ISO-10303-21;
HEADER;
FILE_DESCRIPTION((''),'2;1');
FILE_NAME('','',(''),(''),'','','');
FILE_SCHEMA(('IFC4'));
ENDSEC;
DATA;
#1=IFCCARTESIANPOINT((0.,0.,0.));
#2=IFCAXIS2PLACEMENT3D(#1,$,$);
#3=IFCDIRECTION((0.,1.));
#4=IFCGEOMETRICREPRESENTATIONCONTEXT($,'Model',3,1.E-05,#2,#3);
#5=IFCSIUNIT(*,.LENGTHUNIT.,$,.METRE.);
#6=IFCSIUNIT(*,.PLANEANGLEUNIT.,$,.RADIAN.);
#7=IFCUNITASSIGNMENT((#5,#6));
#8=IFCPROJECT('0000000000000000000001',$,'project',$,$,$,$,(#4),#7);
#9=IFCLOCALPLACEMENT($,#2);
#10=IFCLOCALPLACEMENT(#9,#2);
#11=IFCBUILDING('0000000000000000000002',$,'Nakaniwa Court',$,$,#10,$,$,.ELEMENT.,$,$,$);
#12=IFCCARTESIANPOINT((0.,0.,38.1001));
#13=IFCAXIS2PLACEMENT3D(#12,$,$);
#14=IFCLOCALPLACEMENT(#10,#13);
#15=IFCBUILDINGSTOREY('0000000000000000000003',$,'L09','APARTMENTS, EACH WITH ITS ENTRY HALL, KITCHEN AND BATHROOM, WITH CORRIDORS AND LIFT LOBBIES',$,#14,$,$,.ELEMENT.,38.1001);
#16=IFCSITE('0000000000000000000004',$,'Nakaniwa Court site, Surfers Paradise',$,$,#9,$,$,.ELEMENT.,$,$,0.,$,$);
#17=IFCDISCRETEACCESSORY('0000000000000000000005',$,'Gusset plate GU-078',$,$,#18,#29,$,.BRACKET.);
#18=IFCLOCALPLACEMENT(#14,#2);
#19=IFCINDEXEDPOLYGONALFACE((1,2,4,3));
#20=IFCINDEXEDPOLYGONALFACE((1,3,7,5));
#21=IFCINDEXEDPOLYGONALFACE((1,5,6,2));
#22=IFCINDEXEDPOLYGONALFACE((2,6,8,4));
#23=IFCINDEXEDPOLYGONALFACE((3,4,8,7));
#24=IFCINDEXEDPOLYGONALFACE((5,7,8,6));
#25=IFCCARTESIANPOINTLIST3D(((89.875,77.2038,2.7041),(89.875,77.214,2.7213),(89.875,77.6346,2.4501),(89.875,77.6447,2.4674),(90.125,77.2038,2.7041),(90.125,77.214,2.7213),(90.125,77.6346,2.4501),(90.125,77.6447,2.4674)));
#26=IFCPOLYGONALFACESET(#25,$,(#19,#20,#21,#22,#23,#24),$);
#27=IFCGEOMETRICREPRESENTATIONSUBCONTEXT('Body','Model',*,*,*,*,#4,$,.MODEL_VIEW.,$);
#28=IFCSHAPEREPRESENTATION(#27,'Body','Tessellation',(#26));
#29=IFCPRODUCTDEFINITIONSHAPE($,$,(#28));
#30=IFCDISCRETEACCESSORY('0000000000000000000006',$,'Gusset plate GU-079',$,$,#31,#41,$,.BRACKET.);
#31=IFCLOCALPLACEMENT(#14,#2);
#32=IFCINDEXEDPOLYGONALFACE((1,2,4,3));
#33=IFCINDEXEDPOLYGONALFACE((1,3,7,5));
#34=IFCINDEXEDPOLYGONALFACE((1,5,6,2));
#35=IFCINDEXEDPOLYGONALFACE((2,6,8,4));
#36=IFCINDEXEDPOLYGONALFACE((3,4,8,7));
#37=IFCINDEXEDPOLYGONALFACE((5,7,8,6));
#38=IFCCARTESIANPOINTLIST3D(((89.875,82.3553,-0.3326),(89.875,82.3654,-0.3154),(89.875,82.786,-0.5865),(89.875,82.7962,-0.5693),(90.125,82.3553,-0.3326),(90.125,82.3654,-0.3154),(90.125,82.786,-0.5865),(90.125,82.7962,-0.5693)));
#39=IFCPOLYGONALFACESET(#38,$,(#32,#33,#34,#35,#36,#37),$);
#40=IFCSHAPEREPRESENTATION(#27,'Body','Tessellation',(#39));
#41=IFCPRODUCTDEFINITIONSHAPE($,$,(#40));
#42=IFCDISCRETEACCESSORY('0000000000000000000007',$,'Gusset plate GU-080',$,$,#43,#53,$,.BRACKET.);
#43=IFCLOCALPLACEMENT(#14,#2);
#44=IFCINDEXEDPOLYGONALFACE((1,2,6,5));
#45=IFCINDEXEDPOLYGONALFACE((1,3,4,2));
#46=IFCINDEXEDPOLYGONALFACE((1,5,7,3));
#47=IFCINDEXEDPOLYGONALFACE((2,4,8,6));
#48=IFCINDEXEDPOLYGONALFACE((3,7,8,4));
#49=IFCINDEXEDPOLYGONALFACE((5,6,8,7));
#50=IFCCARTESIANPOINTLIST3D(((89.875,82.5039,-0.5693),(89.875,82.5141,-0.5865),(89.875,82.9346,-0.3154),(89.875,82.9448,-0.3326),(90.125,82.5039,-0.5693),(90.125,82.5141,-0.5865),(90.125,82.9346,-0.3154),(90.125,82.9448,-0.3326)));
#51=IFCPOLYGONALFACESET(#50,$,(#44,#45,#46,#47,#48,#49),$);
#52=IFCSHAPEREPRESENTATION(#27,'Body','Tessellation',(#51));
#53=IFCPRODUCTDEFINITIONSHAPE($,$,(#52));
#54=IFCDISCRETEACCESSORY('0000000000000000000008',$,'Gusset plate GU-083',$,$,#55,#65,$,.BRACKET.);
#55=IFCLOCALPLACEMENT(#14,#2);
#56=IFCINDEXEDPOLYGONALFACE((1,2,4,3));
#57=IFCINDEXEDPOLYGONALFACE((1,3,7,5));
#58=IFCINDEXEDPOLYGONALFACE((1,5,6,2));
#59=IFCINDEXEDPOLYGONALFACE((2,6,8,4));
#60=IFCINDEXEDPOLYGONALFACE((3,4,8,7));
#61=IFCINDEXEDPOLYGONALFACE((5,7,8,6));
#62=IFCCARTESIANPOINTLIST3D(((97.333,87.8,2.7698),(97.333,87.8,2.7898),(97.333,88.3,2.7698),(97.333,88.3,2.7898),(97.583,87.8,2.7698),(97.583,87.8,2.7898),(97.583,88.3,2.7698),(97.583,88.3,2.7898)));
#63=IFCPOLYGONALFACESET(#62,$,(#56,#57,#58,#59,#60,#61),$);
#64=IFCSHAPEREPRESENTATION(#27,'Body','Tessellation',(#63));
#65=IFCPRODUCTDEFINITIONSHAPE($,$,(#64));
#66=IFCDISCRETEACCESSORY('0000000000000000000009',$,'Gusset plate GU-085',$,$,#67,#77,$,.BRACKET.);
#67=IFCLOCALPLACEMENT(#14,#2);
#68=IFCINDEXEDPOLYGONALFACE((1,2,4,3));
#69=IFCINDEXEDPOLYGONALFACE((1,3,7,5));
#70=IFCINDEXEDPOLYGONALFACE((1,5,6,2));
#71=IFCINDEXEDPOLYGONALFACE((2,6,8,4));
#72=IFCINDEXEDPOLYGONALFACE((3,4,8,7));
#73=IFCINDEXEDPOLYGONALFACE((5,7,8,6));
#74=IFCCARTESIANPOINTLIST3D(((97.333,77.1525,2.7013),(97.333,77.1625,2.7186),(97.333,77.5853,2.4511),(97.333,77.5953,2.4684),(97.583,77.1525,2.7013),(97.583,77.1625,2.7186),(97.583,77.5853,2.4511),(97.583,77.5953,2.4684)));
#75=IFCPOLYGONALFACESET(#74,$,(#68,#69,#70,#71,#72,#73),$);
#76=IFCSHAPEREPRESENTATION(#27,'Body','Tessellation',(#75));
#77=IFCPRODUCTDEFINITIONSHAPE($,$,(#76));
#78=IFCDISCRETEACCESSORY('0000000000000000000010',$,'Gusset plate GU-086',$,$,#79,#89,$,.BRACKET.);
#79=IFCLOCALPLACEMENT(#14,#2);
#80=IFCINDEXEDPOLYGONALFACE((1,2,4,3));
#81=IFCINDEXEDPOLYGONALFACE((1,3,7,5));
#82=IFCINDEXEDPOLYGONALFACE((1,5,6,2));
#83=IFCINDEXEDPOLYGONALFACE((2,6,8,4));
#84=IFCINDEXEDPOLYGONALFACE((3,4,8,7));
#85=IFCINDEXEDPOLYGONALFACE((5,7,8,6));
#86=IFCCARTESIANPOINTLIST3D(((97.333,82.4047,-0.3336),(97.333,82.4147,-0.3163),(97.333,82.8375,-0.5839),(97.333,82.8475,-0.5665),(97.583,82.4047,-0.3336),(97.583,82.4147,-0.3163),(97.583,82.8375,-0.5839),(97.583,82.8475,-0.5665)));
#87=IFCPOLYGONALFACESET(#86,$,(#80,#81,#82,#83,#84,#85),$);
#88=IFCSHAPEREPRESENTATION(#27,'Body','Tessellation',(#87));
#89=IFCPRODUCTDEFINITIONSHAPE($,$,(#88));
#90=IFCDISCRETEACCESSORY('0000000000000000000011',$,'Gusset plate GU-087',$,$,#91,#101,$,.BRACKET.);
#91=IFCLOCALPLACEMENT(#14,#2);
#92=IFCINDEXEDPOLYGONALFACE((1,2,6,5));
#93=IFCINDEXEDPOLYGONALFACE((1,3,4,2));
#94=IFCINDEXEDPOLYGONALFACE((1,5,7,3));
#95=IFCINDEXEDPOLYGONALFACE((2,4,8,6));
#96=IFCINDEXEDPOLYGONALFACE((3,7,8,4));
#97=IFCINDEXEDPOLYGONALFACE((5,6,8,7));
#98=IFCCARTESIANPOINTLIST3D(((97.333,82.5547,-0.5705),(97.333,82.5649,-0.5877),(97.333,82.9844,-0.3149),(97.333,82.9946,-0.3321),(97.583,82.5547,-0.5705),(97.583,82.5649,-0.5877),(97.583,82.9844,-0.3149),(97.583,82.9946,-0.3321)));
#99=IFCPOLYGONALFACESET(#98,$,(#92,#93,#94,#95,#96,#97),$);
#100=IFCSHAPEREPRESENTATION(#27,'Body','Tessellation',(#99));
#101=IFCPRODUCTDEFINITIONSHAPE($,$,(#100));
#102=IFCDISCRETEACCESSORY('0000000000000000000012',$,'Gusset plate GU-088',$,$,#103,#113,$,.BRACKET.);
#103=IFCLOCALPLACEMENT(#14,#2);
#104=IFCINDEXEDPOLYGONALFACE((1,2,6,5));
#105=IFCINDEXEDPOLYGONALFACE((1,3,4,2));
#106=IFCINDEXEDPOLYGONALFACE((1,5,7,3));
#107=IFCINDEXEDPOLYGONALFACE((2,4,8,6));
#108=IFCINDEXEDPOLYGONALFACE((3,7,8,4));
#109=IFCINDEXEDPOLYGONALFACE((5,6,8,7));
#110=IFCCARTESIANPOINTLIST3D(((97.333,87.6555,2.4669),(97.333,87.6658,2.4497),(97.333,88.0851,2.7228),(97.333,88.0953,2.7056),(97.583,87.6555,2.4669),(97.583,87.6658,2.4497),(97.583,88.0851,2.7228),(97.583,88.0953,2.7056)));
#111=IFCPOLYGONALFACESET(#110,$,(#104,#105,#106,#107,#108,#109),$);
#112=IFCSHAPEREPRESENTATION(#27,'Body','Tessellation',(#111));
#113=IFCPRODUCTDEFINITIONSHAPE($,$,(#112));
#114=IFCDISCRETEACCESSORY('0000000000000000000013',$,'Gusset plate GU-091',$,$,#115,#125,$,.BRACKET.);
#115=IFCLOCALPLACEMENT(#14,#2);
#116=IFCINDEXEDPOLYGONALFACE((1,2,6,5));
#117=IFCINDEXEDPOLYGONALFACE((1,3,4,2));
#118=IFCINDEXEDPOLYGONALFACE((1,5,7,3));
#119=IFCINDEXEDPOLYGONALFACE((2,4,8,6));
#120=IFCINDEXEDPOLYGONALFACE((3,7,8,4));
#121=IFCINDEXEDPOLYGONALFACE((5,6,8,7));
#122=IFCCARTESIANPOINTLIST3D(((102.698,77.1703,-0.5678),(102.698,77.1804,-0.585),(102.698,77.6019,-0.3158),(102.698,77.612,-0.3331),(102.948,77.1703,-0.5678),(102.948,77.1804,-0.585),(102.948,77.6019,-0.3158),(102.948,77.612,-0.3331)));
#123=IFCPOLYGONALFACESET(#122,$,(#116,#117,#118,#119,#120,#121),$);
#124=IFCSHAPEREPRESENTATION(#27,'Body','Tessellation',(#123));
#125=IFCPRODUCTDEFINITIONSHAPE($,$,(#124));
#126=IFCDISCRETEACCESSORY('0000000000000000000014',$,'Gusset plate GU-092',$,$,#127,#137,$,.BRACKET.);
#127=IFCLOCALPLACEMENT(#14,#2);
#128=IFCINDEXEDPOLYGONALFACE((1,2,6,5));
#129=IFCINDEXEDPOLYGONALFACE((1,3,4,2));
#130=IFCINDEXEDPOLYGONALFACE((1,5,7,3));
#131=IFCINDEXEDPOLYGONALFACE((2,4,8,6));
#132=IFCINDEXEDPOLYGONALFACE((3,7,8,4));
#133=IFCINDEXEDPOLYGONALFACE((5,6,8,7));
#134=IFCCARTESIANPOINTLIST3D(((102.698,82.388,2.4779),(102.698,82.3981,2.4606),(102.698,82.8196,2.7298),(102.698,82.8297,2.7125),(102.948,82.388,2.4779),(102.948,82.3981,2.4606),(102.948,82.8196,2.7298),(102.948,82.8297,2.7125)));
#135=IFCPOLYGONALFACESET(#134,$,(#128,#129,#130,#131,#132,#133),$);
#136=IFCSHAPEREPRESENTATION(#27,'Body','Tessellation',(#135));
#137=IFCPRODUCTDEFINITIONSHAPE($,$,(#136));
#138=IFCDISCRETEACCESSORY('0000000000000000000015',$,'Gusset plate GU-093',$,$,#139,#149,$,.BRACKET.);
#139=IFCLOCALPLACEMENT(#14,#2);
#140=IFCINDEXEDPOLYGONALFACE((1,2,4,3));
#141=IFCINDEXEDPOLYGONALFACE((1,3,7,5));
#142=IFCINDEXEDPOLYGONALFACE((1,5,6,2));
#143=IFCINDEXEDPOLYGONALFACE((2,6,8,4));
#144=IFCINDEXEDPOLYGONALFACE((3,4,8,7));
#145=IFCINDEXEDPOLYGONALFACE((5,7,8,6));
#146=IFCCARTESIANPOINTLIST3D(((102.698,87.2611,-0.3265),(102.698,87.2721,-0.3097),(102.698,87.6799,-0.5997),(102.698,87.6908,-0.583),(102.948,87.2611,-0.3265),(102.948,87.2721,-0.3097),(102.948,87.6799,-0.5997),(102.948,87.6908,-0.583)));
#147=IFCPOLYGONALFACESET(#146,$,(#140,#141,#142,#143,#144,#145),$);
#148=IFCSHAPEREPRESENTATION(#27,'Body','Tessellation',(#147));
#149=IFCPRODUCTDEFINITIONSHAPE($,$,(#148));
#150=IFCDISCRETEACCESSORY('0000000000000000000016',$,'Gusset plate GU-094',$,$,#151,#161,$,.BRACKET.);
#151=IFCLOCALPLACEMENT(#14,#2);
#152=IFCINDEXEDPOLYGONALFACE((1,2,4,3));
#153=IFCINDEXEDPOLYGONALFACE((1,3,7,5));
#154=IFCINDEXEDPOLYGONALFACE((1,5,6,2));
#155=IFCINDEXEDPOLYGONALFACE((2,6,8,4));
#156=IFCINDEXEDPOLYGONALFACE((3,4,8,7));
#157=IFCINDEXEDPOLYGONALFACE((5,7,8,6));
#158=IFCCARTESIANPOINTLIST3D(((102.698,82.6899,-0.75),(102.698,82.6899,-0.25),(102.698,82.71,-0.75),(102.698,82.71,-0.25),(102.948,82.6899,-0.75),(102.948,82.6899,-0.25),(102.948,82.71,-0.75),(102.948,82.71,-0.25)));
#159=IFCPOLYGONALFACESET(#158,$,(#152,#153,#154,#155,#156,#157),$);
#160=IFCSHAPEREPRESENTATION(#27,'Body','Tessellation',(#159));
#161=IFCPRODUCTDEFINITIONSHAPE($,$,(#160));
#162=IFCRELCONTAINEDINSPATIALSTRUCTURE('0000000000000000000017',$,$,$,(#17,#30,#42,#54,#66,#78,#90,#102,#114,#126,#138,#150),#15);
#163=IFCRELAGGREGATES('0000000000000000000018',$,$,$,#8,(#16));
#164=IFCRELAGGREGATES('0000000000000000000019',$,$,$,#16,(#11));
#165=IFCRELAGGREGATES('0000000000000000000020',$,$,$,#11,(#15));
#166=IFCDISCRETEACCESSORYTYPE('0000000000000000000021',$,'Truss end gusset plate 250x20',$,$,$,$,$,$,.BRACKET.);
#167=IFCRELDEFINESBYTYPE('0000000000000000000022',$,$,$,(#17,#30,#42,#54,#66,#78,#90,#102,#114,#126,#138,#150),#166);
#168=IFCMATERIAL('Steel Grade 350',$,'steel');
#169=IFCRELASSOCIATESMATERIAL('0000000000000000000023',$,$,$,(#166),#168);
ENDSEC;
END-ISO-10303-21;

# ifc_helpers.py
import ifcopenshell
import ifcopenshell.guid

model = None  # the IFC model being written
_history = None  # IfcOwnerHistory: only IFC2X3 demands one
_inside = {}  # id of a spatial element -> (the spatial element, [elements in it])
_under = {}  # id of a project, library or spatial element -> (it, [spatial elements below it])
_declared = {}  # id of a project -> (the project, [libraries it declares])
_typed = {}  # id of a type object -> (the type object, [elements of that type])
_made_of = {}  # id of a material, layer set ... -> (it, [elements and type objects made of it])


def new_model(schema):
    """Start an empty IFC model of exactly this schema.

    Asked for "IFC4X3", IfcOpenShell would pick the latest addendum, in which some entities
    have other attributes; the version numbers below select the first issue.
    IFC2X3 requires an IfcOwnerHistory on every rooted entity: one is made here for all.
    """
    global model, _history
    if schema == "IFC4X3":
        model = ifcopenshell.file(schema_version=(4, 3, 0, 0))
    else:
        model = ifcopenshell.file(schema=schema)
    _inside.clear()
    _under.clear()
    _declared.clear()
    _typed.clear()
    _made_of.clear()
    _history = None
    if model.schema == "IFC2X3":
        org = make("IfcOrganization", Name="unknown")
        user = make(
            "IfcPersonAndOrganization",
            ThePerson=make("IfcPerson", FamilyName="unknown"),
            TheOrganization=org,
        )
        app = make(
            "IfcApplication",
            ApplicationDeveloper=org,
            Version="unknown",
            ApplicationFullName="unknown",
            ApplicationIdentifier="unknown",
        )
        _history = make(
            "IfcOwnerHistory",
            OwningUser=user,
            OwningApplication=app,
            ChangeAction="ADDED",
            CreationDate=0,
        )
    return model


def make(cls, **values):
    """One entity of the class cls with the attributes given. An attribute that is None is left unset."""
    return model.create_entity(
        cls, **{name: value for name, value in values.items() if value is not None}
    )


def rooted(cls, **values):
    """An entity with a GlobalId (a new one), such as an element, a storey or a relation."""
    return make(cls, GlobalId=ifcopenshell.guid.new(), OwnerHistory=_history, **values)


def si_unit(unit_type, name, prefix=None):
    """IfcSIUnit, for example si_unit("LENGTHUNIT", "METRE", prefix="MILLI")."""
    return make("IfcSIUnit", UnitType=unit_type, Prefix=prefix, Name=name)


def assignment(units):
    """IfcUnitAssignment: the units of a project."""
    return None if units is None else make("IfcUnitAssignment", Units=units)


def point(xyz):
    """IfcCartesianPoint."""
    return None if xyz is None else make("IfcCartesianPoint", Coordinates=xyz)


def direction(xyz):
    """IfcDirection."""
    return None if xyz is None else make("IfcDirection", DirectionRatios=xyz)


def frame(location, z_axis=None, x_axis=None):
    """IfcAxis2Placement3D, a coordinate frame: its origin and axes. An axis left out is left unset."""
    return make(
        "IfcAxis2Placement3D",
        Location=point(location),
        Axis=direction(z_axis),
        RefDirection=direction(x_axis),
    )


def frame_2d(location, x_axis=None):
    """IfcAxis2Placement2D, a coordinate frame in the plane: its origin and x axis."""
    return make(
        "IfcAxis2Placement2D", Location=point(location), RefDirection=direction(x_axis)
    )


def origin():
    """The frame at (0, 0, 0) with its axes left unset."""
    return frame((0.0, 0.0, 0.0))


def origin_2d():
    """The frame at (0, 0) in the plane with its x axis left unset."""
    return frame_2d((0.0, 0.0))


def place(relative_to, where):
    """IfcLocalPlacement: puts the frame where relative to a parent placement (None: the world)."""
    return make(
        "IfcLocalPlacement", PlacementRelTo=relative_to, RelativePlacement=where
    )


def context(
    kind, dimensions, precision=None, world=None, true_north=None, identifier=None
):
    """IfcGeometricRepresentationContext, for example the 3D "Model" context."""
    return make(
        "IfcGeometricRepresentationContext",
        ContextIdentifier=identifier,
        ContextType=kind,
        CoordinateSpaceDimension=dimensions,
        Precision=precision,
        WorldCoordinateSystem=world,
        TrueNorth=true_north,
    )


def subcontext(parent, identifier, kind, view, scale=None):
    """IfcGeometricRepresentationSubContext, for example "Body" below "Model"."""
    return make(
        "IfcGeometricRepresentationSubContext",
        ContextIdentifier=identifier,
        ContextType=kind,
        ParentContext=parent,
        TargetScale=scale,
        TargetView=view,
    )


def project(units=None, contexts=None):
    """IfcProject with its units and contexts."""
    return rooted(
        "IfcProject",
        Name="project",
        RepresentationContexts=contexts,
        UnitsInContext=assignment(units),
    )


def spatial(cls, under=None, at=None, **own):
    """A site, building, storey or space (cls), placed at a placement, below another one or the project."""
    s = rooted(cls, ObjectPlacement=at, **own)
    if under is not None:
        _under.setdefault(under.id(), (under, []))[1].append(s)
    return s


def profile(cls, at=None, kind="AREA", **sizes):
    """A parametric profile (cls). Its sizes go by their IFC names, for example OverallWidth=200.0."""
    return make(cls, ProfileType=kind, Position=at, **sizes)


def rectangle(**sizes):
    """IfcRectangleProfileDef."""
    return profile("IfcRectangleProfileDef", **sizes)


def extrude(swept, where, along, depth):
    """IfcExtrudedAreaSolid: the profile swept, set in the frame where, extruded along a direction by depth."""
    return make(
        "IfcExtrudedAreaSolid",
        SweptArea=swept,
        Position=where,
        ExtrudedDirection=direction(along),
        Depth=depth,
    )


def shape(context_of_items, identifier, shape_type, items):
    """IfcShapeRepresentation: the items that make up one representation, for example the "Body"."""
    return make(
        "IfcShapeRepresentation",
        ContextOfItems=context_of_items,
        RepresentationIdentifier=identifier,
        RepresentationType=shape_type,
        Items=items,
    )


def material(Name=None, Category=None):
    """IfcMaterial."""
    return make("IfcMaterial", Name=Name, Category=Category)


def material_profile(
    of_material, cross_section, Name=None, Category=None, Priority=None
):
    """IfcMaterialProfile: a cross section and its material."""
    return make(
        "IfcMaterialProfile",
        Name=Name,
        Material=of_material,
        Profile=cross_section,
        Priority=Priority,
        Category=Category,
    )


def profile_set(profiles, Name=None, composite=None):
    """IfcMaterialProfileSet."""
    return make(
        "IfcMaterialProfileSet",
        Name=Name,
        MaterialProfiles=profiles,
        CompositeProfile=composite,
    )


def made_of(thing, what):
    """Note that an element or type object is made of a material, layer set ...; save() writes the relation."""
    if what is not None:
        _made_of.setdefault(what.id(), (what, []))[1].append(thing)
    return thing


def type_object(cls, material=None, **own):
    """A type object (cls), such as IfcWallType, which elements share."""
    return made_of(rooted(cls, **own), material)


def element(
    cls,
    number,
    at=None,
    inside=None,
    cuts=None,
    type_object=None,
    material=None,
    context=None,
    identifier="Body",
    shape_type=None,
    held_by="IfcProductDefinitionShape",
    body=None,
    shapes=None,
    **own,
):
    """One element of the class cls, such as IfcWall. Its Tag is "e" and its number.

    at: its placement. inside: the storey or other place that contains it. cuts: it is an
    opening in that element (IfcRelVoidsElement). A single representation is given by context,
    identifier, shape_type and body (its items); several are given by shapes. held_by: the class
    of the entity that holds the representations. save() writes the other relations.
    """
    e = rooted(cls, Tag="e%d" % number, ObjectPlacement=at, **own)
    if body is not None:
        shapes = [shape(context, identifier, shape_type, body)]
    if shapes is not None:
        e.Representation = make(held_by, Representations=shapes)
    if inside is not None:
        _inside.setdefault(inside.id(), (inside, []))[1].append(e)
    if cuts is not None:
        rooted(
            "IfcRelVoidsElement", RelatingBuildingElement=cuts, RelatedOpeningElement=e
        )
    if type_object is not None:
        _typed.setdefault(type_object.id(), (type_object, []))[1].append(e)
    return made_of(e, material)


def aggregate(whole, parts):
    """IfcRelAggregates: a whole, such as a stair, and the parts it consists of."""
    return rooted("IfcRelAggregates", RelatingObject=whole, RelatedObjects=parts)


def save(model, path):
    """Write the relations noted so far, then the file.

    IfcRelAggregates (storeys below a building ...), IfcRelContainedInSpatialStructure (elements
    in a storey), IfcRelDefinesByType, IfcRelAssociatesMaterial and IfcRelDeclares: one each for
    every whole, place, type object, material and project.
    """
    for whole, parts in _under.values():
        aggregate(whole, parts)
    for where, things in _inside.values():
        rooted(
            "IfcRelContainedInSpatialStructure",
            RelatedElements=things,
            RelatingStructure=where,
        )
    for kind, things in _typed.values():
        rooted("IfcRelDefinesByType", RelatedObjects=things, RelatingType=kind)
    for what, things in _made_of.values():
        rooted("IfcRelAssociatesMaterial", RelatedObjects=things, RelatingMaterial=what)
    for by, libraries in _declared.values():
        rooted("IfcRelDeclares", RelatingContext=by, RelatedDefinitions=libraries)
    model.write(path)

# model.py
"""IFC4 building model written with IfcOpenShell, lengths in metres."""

from ifc_helpers import new_model, si_unit, direction, frame, origin, origin_2d, place, context, subcontext, project, spatial, rectangle, extrude, material, material_profile, profile_set, type_object, element, save


model = new_model("IFC4")

# Units and contexts
model_context = context("Model", 3, precision=1e-05, world=origin(), true_north=direction((0.0, 1.0)))
body_context = subcontext(model_context, "Body", "Model", "MODEL_VIEW")
ifc_project = project(units=[si_unit("LENGTHUNIT", "METRE"), si_unit("PLANEANGLEUNIT", "RADIAN")], contexts=[model_context])

# Site, building, storey
site_placement = place(None, origin())
site = spatial("IfcSite", under=ifc_project, at=site_placement, Name="Nakaniwa Court site, Surfers Paradise", CompositionType="ELEMENT", RefElevation=0.0)
building_placement = place(site_placement, origin())
building = spatial("IfcBuilding", under=site, at=building_placement, Name="Nakaniwa Court", CompositionType="ELEMENT")
storey_placement = place(building_placement, frame((0.0, 0.0, 38.1001)))
storey = spatial("IfcBuildingStorey", under=building, at=storey_placement, Name="L09", Description="APARTMENTS, EACH WITH ITS ENTRY HALL, KITCHEN AND BATHROOM, WITH CORRIDORS AND LIFT LOBBIES", CompositionType="ELEMENT", Elevation=38.1001)

# Shared definitions
ifc_material_1 = material(Name="Steel Grade 350", Category="steel")

# Discrete accessories
ifc_material_profile_1 = material_profile(ifc_material_1, rectangle(XDim=0.25, YDim=0.02, at=origin_2d()), Name="Truss end gusset plate 250x20")
ifc_profile_set_1 = profile_set([ifc_material_profile_1], Name="Steel Grade 350")
discrete_accessory_type = type_object("IfcDiscreteAccessoryType", Name="Truss end gusset plate 250x20", PredefinedType="BRACKET", material=ifc_profile_set_1)
for number, where, z_axis, x_axis, name in (
    (1, (90.0, 77.6396, 2.4587), (0.0, -0.861432, 0.507874), (1.0, 0.0, 0.0), "Gusset plate GU-078"),
    (2, (90.0, 82.3604, -0.324), (0.0, 0.861432, -0.507874), (-1.0, 0.0, 0.0), "Gusset plate GU-079"),
    (3, (90.0, 82.9397, -0.324), (0.0, -0.861432, -0.507874), (1.0, 0.0, 0.0), "Gusset plate GU-080"),
    (4, (97.458, 87.8, 2.7798), (0.0, 1.0, 0.0), (-1.0, 0.0, 0.0), "Gusset plate GU-083"),
    (5, (97.458, 77.5903, 2.4597), (0.0, -0.865738, 0.500497), (1.0, 0.0, 0.0), "Gusset plate GU-085"),
    (6, (97.458, 82.4097, -0.325), (0.0, 0.865738, -0.500497), (-1.0, 0.0, 0.0), "Gusset plate GU-086"),
    (7, (97.458, 82.9895, -0.3235), (0.0, -0.859426, -0.511261), (1.0, 0.0, 0.0), "Gusset plate GU-087"),
    (8, (97.458, 87.6606, 2.4583), (0.0, 0.859083, 0.511836), (-1.0, 0.0, 0.0), "Gusset plate GU-088"),
):
    element("IfcDiscreteAccessory", number, at=place(storey_placement, frame(where, z_axis=z_axis, x_axis=x_axis)), inside=storey, type_object=discrete_accessory_type, Name=name, PredefinedType="BRACKET", context=body_context, shape_type="SweptSolid", body=[
        extrude(rectangle(XDim=0.25, YDim=0.02, at=origin_2d()), origin(), (0.0, 0.0, 1.0), 0.5),
    ])
for number, where, z_axis, x_axis, name in (
    (9, (102.823, 77.6069, -0.3245), (0.0, -0.863637, -0.504114), (1.0, 0.0, 0.0), "Gusset plate GU-091"),
    (10, (102.823, 82.3931, 2.4692), (0.0, 0.863637, 0.504114), (-1.0, 0.0, 0.0), "Gusset plate GU-092"),
):
    element("IfcDiscreteAccessory", number, at=place(storey_placement, frame(where, z_axis=z_axis, x_axis=x_axis)), inside=storey, type_object=discrete_accessory_type, Name=name, PredefinedType="BRACKET", context=body_context, shape_type="SweptSolid", body=[
        extrude(rectangle(XDim=0.25, YDim=0.02, at=origin_2d()), origin(), (0.0, 0.0, 1.0), 0.4998),
    ])
for number, where, z_axis, x_axis, name in (
    (11, (102.823, 87.2666, -0.3181), (0.0, 0.837494, -0.546447), (-1.0, 0.0, 0.0), "Gusset plate GU-093"),
    (12, (102.823, 82.7, -0.25), (0.0, 0.0, -1.0), (1.0, 0.0, 0.0), "Gusset plate GU-094"),
):
    element("IfcDiscreteAccessory", number, at=place(storey_placement, frame(where, z_axis=z_axis, x_axis=x_axis)), inside=storey, type_object=discrete_accessory_type, Name=name, PredefinedType="BRACKET", context=body_context, shape_type="SweptSolid", body=[
        extrude(rectangle(XDim=0.25, YDim=0.02, at=origin_2d()), origin(), (0.0, 0.0, 1.0), 0.5),
    ])

save(model, "model.ifc")
